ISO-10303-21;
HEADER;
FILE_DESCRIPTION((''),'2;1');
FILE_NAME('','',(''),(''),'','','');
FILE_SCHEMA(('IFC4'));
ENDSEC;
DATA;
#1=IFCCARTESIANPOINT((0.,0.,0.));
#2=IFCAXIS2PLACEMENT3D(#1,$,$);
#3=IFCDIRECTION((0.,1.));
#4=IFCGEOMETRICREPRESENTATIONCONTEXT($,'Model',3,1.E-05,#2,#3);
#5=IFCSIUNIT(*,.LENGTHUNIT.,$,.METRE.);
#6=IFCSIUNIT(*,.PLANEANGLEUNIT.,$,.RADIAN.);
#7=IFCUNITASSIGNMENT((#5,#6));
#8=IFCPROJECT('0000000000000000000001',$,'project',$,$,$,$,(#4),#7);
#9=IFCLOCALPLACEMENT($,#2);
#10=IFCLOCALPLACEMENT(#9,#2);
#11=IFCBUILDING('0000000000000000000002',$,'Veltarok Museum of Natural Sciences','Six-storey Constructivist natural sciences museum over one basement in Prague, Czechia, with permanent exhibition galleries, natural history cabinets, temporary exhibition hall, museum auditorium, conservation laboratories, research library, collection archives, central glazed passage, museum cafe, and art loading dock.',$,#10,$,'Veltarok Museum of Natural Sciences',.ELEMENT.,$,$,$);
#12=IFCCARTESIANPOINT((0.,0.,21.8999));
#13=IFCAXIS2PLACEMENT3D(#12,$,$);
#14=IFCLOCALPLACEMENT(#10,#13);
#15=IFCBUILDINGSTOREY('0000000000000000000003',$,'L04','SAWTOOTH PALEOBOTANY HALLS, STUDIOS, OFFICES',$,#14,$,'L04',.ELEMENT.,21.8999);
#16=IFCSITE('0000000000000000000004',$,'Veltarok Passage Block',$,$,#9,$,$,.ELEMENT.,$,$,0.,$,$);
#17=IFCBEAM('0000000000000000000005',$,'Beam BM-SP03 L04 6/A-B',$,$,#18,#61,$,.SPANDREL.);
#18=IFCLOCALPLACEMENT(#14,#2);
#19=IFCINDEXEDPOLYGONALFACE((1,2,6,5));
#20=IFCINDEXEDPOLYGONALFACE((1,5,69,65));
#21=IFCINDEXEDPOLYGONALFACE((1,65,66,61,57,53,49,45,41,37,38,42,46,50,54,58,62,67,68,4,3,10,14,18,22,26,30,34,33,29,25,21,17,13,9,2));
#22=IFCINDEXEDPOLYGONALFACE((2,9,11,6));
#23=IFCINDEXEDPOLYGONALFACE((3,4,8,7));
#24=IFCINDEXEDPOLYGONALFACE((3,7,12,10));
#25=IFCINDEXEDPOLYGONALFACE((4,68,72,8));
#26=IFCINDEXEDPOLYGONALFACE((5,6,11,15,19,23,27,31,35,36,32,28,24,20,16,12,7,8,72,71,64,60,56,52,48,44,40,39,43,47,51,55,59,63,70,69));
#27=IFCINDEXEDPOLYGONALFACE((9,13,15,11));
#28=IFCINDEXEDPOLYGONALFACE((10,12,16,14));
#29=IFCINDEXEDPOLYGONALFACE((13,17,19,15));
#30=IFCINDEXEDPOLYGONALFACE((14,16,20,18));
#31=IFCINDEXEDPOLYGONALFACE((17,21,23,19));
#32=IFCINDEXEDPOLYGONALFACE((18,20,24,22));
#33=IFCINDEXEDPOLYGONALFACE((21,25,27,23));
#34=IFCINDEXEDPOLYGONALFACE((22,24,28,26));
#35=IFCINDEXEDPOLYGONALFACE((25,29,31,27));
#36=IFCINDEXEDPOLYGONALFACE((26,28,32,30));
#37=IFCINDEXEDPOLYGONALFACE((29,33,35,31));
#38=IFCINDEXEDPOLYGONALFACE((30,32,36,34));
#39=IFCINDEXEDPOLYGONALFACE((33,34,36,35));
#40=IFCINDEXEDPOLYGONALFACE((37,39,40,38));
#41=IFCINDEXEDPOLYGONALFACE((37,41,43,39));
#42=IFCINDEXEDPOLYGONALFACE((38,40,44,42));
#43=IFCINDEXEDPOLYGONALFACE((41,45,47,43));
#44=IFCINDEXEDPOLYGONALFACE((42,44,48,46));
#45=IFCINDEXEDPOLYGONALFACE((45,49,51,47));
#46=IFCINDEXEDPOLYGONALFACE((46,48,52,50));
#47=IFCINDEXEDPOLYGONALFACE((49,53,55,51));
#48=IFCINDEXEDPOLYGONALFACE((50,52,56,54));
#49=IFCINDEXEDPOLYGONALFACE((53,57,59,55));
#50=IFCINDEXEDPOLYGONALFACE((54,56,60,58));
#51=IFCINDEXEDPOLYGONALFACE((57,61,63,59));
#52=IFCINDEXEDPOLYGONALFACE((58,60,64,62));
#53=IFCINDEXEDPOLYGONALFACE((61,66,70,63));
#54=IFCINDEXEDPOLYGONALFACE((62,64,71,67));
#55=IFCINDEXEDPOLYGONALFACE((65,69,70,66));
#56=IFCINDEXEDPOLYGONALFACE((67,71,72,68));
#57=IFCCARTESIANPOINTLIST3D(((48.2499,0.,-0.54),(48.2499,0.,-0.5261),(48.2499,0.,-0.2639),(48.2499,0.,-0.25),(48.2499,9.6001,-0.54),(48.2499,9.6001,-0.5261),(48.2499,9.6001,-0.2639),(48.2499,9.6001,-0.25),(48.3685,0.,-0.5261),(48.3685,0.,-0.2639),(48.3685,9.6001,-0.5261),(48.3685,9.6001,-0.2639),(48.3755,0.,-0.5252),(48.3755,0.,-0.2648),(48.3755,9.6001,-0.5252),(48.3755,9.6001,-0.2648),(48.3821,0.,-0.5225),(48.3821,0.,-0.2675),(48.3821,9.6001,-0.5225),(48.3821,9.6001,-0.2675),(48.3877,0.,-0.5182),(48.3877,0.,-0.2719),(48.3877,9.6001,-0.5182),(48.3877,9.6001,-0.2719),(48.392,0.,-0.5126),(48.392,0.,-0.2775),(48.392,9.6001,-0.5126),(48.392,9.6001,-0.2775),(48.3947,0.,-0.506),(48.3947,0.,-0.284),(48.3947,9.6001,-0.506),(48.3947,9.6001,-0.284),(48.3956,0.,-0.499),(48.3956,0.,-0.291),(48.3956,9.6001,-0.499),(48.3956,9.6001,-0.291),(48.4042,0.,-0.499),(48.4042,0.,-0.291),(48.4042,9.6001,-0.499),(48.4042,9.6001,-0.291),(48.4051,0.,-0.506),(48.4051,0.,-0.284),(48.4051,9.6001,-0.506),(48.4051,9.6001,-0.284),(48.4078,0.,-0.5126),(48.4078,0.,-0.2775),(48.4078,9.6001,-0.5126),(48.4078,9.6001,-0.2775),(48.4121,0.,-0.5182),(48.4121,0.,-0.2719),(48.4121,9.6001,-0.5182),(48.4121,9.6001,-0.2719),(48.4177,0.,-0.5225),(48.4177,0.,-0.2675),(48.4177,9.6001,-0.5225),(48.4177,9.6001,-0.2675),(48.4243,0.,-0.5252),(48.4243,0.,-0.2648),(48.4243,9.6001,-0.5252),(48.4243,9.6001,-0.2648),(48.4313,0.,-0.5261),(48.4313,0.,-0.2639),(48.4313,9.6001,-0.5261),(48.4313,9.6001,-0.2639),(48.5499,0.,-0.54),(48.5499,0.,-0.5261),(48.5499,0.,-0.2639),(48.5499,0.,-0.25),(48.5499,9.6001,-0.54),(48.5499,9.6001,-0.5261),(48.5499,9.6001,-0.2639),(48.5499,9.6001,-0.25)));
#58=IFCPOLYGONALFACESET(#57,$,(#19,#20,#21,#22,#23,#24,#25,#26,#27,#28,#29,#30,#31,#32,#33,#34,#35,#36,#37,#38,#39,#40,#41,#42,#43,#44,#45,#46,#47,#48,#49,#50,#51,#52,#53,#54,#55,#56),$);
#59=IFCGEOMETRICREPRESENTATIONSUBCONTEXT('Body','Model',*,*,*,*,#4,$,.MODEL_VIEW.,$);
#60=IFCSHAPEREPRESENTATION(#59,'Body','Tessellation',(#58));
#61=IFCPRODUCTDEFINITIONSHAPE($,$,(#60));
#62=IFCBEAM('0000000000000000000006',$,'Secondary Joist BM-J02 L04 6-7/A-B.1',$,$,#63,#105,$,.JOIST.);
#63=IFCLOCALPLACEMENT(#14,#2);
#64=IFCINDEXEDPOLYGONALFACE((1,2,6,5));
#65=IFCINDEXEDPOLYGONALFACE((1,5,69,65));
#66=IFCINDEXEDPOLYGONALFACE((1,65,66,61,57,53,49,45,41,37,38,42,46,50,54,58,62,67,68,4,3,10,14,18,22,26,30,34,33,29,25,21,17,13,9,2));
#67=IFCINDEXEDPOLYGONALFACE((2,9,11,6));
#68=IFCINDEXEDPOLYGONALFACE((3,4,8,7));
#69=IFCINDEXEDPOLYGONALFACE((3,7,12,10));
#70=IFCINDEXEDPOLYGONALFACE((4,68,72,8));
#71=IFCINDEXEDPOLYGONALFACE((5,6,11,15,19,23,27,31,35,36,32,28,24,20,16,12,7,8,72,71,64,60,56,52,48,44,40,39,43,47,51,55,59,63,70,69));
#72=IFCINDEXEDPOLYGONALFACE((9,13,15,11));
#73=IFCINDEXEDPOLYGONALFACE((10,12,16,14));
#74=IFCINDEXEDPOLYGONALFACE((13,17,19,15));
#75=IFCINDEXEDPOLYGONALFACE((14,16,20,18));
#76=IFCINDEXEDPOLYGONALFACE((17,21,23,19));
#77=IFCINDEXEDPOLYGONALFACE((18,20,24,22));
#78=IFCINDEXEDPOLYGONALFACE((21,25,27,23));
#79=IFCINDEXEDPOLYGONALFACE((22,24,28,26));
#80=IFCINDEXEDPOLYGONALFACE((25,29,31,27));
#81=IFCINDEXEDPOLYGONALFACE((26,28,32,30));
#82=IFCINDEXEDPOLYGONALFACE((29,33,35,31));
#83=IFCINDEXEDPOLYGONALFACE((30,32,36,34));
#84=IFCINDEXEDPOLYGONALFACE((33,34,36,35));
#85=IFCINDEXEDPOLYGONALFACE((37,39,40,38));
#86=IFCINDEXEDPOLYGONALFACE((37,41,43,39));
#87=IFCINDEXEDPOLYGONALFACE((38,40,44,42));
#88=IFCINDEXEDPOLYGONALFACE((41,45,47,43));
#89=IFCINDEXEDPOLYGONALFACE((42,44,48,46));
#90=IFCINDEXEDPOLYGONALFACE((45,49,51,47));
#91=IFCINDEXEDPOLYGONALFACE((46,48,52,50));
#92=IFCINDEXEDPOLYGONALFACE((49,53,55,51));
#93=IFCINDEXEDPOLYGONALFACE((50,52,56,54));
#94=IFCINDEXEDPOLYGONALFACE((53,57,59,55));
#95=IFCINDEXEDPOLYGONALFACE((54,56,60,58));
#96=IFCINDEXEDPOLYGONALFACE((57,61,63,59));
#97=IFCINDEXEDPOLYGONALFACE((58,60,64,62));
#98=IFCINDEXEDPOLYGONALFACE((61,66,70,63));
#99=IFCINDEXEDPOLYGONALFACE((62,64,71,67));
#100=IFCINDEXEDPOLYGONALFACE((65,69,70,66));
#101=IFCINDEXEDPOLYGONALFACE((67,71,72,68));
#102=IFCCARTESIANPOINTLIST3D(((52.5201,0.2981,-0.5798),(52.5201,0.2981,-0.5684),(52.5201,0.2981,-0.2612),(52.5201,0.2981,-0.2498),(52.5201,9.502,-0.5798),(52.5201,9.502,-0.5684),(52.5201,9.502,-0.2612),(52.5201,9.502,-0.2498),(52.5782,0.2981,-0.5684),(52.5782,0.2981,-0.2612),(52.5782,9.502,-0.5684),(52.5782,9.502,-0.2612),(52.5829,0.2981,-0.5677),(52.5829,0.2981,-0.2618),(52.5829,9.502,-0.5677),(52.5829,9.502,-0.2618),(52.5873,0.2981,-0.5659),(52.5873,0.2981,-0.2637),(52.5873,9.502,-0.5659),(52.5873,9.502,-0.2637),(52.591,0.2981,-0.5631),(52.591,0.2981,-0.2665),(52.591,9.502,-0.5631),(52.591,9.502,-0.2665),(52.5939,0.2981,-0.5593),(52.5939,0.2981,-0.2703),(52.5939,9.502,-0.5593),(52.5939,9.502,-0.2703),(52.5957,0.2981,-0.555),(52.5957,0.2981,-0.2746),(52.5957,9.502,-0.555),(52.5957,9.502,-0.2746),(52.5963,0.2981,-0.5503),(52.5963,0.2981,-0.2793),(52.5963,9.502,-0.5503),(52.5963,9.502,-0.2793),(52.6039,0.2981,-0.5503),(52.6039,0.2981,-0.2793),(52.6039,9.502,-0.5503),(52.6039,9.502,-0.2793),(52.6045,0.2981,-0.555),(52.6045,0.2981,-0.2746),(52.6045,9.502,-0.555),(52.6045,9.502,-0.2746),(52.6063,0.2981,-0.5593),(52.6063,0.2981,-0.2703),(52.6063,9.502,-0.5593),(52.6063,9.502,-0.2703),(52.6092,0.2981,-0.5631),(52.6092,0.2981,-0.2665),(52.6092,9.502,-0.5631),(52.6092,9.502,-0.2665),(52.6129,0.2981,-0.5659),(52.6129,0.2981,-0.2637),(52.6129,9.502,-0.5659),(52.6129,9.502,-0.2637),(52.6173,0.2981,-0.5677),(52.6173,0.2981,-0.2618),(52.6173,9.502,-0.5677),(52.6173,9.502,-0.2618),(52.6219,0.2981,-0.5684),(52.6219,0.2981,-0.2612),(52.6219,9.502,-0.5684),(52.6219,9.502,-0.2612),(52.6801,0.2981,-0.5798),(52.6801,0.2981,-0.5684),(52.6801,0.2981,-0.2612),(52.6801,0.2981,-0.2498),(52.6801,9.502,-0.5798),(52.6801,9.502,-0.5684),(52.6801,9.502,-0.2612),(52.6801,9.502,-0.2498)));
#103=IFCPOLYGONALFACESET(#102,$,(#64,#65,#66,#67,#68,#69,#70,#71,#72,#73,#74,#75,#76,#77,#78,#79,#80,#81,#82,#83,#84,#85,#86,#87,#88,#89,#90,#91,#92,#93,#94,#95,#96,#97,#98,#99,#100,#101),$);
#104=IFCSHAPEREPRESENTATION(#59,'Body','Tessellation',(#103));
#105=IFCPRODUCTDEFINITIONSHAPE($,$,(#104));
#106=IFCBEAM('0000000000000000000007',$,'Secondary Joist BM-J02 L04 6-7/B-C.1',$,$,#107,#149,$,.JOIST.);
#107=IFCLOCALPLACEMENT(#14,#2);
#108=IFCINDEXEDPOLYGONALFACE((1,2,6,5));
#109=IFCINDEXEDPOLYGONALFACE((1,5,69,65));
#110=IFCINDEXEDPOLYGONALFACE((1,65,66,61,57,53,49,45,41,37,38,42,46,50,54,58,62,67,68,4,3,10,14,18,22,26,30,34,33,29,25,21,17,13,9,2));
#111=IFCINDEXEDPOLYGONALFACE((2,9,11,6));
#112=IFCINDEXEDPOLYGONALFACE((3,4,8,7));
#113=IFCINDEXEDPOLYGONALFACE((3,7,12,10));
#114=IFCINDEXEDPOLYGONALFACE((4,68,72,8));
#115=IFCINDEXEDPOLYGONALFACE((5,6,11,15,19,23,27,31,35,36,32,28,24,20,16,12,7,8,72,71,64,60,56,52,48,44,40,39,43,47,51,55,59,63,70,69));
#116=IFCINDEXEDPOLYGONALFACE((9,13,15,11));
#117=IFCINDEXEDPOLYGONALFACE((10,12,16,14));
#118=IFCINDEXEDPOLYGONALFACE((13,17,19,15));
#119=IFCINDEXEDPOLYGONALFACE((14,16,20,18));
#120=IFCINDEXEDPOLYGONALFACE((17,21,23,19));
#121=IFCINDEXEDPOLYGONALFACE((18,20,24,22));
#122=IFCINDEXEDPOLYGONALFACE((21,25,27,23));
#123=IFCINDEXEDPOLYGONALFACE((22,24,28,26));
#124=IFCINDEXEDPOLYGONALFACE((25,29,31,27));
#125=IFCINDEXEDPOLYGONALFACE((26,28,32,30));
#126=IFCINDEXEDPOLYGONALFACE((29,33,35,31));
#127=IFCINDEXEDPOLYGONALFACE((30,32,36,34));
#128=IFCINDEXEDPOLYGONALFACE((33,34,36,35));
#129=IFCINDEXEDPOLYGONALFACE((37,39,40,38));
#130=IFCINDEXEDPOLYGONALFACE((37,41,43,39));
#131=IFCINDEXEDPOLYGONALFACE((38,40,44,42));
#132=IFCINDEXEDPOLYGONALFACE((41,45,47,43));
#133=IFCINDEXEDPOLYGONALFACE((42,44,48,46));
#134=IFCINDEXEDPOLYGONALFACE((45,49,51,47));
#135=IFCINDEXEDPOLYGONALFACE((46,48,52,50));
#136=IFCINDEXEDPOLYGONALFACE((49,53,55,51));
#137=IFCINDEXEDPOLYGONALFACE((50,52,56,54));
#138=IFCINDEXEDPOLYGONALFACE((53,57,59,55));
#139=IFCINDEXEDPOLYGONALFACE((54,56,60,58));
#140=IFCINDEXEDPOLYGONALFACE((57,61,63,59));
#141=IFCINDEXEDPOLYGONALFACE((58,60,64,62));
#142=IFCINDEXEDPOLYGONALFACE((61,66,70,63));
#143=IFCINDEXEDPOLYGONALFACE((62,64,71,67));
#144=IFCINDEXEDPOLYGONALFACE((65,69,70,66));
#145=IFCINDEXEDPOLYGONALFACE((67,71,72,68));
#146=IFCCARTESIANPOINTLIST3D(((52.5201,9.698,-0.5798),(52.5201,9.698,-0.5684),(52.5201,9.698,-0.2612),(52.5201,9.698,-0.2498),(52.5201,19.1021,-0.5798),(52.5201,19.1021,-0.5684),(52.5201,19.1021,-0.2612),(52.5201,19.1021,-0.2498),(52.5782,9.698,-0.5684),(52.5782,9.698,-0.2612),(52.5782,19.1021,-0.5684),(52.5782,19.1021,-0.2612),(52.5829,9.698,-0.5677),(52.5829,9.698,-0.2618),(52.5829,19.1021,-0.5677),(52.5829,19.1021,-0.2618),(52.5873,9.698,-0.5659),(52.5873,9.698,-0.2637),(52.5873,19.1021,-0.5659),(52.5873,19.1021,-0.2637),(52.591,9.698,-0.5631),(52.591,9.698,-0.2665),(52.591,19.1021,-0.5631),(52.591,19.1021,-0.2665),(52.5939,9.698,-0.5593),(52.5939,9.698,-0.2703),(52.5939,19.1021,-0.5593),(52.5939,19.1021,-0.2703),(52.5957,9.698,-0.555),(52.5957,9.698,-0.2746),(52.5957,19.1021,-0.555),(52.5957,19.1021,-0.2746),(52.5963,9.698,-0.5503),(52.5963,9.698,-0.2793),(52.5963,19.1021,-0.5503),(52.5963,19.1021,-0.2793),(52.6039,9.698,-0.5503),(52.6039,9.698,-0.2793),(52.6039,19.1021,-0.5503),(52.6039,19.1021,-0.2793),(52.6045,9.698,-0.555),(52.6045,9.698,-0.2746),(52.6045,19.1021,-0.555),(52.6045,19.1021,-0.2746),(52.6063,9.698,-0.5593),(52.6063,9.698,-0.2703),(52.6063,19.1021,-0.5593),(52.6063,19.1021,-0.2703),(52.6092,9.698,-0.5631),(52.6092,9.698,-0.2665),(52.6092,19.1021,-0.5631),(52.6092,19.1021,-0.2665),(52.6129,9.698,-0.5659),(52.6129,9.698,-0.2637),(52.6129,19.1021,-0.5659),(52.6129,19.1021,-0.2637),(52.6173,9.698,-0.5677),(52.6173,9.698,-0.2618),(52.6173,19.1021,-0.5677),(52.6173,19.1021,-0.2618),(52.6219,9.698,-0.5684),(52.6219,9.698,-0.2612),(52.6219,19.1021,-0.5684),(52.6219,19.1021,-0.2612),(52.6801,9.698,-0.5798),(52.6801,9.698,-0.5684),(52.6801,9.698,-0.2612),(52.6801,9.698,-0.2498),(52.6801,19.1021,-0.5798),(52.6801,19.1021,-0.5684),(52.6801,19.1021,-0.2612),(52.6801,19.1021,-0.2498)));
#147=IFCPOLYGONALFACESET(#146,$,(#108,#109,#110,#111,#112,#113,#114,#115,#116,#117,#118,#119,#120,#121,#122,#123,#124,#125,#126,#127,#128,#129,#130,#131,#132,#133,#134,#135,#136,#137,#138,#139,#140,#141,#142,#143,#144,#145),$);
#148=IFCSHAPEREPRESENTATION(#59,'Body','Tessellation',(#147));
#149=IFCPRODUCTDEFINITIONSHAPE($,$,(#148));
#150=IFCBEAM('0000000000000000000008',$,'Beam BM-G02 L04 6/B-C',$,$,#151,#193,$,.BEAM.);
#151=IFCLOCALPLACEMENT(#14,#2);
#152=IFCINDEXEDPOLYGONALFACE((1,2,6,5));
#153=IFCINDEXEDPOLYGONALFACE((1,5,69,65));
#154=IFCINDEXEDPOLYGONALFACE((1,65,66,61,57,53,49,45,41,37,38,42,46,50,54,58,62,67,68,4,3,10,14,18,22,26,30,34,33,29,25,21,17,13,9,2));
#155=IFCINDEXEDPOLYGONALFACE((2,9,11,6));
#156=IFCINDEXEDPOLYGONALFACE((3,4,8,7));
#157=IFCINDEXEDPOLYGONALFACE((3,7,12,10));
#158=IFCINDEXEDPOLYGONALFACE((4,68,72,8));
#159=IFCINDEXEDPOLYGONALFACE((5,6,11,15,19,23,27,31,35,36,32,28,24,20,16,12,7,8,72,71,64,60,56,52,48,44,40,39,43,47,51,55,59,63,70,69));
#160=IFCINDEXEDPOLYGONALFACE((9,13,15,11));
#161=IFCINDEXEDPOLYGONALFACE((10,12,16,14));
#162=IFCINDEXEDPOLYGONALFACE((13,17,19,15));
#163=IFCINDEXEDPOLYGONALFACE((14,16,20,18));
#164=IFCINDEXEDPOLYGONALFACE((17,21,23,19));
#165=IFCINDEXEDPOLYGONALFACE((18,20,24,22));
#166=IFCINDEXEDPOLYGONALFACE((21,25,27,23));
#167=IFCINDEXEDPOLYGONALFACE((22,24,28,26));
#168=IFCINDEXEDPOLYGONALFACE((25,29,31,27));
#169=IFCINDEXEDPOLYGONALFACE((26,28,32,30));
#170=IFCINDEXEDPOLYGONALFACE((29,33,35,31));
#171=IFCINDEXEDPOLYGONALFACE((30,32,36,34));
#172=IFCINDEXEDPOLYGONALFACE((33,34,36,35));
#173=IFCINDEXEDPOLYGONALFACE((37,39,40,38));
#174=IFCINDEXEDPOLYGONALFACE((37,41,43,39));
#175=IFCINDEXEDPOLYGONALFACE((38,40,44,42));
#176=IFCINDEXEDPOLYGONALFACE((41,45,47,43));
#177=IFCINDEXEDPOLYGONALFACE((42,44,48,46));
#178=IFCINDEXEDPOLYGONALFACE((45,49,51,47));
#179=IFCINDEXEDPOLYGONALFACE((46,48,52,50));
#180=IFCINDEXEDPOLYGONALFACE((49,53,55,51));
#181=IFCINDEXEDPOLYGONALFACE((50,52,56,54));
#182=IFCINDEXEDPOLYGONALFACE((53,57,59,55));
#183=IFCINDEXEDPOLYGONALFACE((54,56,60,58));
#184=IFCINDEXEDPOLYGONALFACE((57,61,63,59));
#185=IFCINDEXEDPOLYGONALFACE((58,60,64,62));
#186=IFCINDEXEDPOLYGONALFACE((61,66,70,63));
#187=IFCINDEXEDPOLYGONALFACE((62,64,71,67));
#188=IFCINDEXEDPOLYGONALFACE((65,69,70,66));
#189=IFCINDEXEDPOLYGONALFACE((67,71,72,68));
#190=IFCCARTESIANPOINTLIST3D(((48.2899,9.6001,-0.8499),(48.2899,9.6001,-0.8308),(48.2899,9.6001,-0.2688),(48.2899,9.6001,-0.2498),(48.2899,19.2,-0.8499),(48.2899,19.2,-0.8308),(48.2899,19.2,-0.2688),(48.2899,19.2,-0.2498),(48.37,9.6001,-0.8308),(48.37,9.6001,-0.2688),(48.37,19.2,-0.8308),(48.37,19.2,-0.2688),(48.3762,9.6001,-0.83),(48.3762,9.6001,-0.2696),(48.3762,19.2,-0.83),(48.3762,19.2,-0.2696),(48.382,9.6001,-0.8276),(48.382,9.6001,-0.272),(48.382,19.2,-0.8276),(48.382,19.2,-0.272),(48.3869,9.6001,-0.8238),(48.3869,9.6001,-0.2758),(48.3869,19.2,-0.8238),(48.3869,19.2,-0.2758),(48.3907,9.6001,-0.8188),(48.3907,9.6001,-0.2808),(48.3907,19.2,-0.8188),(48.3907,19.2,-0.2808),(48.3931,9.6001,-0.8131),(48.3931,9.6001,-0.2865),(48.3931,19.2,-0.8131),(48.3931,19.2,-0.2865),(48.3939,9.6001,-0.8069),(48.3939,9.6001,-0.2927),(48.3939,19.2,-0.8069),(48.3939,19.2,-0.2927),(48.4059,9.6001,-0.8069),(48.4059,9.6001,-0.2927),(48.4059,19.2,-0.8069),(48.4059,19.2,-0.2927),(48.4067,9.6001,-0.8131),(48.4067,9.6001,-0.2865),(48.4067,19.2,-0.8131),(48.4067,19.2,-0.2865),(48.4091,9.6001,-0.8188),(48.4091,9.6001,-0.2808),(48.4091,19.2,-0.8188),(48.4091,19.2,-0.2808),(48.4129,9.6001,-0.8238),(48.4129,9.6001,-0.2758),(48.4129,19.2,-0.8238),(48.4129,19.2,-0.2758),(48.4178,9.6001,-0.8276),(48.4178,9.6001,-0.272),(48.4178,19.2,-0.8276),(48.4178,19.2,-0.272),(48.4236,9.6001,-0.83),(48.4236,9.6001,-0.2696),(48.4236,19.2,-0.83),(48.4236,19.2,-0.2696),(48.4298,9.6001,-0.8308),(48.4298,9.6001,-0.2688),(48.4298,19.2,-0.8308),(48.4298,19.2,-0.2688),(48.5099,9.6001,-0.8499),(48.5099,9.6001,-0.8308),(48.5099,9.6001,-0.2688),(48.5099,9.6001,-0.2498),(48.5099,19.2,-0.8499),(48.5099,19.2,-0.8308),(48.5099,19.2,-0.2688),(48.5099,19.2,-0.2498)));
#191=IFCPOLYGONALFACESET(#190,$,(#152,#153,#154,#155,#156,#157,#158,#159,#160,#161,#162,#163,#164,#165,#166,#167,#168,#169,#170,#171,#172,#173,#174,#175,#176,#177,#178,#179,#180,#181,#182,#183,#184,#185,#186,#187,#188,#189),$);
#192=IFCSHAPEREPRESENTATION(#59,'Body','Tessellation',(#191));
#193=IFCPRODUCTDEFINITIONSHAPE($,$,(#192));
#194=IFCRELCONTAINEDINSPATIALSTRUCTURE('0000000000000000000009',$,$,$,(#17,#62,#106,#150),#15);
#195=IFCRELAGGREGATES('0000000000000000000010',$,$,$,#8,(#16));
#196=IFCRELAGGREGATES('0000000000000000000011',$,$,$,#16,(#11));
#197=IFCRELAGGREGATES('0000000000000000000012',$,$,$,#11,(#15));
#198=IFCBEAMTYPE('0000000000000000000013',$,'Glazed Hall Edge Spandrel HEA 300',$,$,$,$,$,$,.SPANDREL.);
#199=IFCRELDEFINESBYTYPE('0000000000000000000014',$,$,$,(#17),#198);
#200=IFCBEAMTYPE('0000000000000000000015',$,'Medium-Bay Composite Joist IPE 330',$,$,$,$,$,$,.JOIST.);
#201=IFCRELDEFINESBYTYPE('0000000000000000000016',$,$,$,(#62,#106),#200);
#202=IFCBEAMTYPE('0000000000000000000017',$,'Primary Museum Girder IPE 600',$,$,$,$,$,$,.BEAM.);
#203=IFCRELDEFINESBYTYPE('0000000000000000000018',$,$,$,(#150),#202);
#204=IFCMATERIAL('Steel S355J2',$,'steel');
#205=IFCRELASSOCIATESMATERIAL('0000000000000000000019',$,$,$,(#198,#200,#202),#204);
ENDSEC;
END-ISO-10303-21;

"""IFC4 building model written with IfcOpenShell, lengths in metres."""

from ifc_helpers import new_model, si_unit, direction, frame, origin, origin_2d, place, context, subcontext, project, spatial, i_section, extrude, material, material_profile, profile_set, type_object, element, save


model = new_model("IFC4")

# Units and contexts
model_context = context("Model", 3, precision=1e-05, world=origin(), true_north=direction((0.0, 1.0)))
body_context = subcontext(model_context, "Body", "Model", "MODEL_VIEW")
ifc_project = project(units=[si_unit("LENGTHUNIT", "METRE"), si_unit("PLANEANGLEUNIT", "RADIAN")], contexts=[model_context])

# Site, building, storey
site_placement = place(None, origin())
site = spatial("IfcSite", under=ifc_project, at=site_placement, Name="Veltarok Passage Block", CompositionType="ELEMENT", RefElevation=0.0)
building_placement = place(site_placement, origin())
building = spatial("IfcBuilding", under=site, at=building_placement, Name="Veltarok Museum of Natural Sciences", Description="Six-storey Constructivist natural sciences museum over one basement in Prague, Czechia, with permanent exhibition galleries, natural history cabinets, temporary exhibition hall, museum auditorium, conservation laboratories, research library, collection archives, central glazed passage, museum cafe, and art loading dock.", LongName="Veltarok Museum of Natural Sciences", CompositionType="ELEMENT")
storey_placement = place(building_placement, frame((0.0, 0.0, 21.8999)))
storey = spatial("IfcBuildingStorey", under=building, at=storey_placement, Name="L04", Description="SAWTOOTH PALEOBOTANY HALLS, STUDIOS, OFFICES", LongName="L04", CompositionType="ELEMENT", Elevation=21.8999)

# Shared definitions
ifc_material_1 = material(Name="Steel S355J2", Category="steel")

# Beams
ifc_material_profile_1 = material_profile(ifc_material_1, i_section(OverallWidth=0.3, OverallDepth=0.29, WebThickness=0.0085, FlangeThickness=0.0139, FilletRadius=0.0271, at=origin_2d()), Name="HEA 300")
ifc_profile_set_1 = profile_set([ifc_material_profile_1], Name="Steel S355J2")
beam_type_1 = type_object("IfcBeamType", Name="Glazed Hall Edge Spandrel HEA 300", PredefinedType="SPANDREL", material=ifc_profile_set_1)
beam_1_placement = place(storey_placement, frame((48.3999, 0.0, -0.395), z_axis=(0.0, 1.0, 0.0), x_axis=(-1.0, 0.0, 0.0)))
element("IfcBeam", 1, at=beam_1_placement, inside=storey, type_object=beam_type_1, Name="Beam BM-SP03 L04 6/A-B", PredefinedType="SPANDREL", context=body_context, shape_type="SweptSolid", body=[
    extrude(i_section(OverallWidth=0.3, OverallDepth=0.29, WebThickness=0.0085, FlangeThickness=0.0139, FilletRadius=0.0271, at=origin_2d()), origin(), (0.0, 0.0, 1.0), 9.6001),
])
ifc_material_profile_2 = material_profile(ifc_material_1, i_section(OverallWidth=0.1599, OverallDepth=0.3301, WebThickness=0.0076, FlangeThickness=0.0115, FilletRadius=0.0181, at=origin_2d()), Name="IPE 330")
ifc_profile_set_2 = profile_set([ifc_material_profile_2], Name="Steel S355J2")
beam_type_2 = type_object("IfcBeamType", Name="Medium-Bay Composite Joist IPE 330", PredefinedType="JOIST", material=ifc_profile_set_2)
beam_2_placement = place(storey_placement, frame((52.6001, 0.2981, -0.4148), z_axis=(0.0, 1.0, 0.0), x_axis=(-1.0, 0.0, 0.0)))
element("IfcBeam", 2, at=beam_2_placement, inside=storey, type_object=beam_type_2, Name="Secondary Joist BM-J02 L04 6-7/A-B.1", PredefinedType="JOIST", context=body_context, shape_type="SweptSolid", body=[
    extrude(i_section(OverallWidth=0.1599, OverallDepth=0.3301, WebThickness=0.0076, FlangeThickness=0.0115, FilletRadius=0.0181, at=origin_2d()), origin(), (0.0, 0.0, 1.0), 9.2039),
])
beam_3_placement = place(storey_placement, frame((52.6001, 9.698, -0.4148), z_axis=(0.0, 1.0, 0.0), x_axis=(-1.0, 0.0, 0.0)))
element("IfcBeam", 3, at=beam_3_placement, inside=storey, type_object=beam_type_2, Name="Secondary Joist BM-J02 L04 6-7/B-C.1", PredefinedType="JOIST", context=body_context, shape_type="SweptSolid", body=[
    extrude(i_section(OverallWidth=0.1599, OverallDepth=0.3301, WebThickness=0.0076, FlangeThickness=0.0115, FilletRadius=0.0181, at=origin_2d()), origin(), (0.0, 0.0, 1.0), 9.4041),
])
ifc_material_profile_3 = material_profile(ifc_material_1, i_section(OverallWidth=0.22, OverallDepth=0.6001, WebThickness=0.012, FlangeThickness=0.019, FilletRadius=0.0239, at=origin_2d()), Name="IPE 600")
ifc_profile_set_3 = profile_set([ifc_material_profile_3], Name="Steel S355J2")
beam_type_3 = type_object("IfcBeamType", Name="Primary Museum Girder IPE 600", PredefinedType="BEAM", material=ifc_profile_set_3)
beam_4_placement = place(storey_placement, frame((48.3999, 9.6001, -0.5498), z_axis=(0.0, 1.0, 0.0), x_axis=(-1.0, 0.0, 0.0)))
element("IfcBeam", 4, at=beam_4_placement, inside=storey, type_object=beam_type_3, Name="Beam BM-G02 L04 6/B-C", PredefinedType="BEAM", context=body_context, shape_type="SweptSolid", body=[
    extrude(i_section(OverallWidth=0.22, OverallDepth=0.6001, WebThickness=0.012, FlangeThickness=0.019, FilletRadius=0.0239, at=origin_2d()), origin(), (0.0, 0.0, 1.0), 9.5999),
])

save(model, "model.ifc")
